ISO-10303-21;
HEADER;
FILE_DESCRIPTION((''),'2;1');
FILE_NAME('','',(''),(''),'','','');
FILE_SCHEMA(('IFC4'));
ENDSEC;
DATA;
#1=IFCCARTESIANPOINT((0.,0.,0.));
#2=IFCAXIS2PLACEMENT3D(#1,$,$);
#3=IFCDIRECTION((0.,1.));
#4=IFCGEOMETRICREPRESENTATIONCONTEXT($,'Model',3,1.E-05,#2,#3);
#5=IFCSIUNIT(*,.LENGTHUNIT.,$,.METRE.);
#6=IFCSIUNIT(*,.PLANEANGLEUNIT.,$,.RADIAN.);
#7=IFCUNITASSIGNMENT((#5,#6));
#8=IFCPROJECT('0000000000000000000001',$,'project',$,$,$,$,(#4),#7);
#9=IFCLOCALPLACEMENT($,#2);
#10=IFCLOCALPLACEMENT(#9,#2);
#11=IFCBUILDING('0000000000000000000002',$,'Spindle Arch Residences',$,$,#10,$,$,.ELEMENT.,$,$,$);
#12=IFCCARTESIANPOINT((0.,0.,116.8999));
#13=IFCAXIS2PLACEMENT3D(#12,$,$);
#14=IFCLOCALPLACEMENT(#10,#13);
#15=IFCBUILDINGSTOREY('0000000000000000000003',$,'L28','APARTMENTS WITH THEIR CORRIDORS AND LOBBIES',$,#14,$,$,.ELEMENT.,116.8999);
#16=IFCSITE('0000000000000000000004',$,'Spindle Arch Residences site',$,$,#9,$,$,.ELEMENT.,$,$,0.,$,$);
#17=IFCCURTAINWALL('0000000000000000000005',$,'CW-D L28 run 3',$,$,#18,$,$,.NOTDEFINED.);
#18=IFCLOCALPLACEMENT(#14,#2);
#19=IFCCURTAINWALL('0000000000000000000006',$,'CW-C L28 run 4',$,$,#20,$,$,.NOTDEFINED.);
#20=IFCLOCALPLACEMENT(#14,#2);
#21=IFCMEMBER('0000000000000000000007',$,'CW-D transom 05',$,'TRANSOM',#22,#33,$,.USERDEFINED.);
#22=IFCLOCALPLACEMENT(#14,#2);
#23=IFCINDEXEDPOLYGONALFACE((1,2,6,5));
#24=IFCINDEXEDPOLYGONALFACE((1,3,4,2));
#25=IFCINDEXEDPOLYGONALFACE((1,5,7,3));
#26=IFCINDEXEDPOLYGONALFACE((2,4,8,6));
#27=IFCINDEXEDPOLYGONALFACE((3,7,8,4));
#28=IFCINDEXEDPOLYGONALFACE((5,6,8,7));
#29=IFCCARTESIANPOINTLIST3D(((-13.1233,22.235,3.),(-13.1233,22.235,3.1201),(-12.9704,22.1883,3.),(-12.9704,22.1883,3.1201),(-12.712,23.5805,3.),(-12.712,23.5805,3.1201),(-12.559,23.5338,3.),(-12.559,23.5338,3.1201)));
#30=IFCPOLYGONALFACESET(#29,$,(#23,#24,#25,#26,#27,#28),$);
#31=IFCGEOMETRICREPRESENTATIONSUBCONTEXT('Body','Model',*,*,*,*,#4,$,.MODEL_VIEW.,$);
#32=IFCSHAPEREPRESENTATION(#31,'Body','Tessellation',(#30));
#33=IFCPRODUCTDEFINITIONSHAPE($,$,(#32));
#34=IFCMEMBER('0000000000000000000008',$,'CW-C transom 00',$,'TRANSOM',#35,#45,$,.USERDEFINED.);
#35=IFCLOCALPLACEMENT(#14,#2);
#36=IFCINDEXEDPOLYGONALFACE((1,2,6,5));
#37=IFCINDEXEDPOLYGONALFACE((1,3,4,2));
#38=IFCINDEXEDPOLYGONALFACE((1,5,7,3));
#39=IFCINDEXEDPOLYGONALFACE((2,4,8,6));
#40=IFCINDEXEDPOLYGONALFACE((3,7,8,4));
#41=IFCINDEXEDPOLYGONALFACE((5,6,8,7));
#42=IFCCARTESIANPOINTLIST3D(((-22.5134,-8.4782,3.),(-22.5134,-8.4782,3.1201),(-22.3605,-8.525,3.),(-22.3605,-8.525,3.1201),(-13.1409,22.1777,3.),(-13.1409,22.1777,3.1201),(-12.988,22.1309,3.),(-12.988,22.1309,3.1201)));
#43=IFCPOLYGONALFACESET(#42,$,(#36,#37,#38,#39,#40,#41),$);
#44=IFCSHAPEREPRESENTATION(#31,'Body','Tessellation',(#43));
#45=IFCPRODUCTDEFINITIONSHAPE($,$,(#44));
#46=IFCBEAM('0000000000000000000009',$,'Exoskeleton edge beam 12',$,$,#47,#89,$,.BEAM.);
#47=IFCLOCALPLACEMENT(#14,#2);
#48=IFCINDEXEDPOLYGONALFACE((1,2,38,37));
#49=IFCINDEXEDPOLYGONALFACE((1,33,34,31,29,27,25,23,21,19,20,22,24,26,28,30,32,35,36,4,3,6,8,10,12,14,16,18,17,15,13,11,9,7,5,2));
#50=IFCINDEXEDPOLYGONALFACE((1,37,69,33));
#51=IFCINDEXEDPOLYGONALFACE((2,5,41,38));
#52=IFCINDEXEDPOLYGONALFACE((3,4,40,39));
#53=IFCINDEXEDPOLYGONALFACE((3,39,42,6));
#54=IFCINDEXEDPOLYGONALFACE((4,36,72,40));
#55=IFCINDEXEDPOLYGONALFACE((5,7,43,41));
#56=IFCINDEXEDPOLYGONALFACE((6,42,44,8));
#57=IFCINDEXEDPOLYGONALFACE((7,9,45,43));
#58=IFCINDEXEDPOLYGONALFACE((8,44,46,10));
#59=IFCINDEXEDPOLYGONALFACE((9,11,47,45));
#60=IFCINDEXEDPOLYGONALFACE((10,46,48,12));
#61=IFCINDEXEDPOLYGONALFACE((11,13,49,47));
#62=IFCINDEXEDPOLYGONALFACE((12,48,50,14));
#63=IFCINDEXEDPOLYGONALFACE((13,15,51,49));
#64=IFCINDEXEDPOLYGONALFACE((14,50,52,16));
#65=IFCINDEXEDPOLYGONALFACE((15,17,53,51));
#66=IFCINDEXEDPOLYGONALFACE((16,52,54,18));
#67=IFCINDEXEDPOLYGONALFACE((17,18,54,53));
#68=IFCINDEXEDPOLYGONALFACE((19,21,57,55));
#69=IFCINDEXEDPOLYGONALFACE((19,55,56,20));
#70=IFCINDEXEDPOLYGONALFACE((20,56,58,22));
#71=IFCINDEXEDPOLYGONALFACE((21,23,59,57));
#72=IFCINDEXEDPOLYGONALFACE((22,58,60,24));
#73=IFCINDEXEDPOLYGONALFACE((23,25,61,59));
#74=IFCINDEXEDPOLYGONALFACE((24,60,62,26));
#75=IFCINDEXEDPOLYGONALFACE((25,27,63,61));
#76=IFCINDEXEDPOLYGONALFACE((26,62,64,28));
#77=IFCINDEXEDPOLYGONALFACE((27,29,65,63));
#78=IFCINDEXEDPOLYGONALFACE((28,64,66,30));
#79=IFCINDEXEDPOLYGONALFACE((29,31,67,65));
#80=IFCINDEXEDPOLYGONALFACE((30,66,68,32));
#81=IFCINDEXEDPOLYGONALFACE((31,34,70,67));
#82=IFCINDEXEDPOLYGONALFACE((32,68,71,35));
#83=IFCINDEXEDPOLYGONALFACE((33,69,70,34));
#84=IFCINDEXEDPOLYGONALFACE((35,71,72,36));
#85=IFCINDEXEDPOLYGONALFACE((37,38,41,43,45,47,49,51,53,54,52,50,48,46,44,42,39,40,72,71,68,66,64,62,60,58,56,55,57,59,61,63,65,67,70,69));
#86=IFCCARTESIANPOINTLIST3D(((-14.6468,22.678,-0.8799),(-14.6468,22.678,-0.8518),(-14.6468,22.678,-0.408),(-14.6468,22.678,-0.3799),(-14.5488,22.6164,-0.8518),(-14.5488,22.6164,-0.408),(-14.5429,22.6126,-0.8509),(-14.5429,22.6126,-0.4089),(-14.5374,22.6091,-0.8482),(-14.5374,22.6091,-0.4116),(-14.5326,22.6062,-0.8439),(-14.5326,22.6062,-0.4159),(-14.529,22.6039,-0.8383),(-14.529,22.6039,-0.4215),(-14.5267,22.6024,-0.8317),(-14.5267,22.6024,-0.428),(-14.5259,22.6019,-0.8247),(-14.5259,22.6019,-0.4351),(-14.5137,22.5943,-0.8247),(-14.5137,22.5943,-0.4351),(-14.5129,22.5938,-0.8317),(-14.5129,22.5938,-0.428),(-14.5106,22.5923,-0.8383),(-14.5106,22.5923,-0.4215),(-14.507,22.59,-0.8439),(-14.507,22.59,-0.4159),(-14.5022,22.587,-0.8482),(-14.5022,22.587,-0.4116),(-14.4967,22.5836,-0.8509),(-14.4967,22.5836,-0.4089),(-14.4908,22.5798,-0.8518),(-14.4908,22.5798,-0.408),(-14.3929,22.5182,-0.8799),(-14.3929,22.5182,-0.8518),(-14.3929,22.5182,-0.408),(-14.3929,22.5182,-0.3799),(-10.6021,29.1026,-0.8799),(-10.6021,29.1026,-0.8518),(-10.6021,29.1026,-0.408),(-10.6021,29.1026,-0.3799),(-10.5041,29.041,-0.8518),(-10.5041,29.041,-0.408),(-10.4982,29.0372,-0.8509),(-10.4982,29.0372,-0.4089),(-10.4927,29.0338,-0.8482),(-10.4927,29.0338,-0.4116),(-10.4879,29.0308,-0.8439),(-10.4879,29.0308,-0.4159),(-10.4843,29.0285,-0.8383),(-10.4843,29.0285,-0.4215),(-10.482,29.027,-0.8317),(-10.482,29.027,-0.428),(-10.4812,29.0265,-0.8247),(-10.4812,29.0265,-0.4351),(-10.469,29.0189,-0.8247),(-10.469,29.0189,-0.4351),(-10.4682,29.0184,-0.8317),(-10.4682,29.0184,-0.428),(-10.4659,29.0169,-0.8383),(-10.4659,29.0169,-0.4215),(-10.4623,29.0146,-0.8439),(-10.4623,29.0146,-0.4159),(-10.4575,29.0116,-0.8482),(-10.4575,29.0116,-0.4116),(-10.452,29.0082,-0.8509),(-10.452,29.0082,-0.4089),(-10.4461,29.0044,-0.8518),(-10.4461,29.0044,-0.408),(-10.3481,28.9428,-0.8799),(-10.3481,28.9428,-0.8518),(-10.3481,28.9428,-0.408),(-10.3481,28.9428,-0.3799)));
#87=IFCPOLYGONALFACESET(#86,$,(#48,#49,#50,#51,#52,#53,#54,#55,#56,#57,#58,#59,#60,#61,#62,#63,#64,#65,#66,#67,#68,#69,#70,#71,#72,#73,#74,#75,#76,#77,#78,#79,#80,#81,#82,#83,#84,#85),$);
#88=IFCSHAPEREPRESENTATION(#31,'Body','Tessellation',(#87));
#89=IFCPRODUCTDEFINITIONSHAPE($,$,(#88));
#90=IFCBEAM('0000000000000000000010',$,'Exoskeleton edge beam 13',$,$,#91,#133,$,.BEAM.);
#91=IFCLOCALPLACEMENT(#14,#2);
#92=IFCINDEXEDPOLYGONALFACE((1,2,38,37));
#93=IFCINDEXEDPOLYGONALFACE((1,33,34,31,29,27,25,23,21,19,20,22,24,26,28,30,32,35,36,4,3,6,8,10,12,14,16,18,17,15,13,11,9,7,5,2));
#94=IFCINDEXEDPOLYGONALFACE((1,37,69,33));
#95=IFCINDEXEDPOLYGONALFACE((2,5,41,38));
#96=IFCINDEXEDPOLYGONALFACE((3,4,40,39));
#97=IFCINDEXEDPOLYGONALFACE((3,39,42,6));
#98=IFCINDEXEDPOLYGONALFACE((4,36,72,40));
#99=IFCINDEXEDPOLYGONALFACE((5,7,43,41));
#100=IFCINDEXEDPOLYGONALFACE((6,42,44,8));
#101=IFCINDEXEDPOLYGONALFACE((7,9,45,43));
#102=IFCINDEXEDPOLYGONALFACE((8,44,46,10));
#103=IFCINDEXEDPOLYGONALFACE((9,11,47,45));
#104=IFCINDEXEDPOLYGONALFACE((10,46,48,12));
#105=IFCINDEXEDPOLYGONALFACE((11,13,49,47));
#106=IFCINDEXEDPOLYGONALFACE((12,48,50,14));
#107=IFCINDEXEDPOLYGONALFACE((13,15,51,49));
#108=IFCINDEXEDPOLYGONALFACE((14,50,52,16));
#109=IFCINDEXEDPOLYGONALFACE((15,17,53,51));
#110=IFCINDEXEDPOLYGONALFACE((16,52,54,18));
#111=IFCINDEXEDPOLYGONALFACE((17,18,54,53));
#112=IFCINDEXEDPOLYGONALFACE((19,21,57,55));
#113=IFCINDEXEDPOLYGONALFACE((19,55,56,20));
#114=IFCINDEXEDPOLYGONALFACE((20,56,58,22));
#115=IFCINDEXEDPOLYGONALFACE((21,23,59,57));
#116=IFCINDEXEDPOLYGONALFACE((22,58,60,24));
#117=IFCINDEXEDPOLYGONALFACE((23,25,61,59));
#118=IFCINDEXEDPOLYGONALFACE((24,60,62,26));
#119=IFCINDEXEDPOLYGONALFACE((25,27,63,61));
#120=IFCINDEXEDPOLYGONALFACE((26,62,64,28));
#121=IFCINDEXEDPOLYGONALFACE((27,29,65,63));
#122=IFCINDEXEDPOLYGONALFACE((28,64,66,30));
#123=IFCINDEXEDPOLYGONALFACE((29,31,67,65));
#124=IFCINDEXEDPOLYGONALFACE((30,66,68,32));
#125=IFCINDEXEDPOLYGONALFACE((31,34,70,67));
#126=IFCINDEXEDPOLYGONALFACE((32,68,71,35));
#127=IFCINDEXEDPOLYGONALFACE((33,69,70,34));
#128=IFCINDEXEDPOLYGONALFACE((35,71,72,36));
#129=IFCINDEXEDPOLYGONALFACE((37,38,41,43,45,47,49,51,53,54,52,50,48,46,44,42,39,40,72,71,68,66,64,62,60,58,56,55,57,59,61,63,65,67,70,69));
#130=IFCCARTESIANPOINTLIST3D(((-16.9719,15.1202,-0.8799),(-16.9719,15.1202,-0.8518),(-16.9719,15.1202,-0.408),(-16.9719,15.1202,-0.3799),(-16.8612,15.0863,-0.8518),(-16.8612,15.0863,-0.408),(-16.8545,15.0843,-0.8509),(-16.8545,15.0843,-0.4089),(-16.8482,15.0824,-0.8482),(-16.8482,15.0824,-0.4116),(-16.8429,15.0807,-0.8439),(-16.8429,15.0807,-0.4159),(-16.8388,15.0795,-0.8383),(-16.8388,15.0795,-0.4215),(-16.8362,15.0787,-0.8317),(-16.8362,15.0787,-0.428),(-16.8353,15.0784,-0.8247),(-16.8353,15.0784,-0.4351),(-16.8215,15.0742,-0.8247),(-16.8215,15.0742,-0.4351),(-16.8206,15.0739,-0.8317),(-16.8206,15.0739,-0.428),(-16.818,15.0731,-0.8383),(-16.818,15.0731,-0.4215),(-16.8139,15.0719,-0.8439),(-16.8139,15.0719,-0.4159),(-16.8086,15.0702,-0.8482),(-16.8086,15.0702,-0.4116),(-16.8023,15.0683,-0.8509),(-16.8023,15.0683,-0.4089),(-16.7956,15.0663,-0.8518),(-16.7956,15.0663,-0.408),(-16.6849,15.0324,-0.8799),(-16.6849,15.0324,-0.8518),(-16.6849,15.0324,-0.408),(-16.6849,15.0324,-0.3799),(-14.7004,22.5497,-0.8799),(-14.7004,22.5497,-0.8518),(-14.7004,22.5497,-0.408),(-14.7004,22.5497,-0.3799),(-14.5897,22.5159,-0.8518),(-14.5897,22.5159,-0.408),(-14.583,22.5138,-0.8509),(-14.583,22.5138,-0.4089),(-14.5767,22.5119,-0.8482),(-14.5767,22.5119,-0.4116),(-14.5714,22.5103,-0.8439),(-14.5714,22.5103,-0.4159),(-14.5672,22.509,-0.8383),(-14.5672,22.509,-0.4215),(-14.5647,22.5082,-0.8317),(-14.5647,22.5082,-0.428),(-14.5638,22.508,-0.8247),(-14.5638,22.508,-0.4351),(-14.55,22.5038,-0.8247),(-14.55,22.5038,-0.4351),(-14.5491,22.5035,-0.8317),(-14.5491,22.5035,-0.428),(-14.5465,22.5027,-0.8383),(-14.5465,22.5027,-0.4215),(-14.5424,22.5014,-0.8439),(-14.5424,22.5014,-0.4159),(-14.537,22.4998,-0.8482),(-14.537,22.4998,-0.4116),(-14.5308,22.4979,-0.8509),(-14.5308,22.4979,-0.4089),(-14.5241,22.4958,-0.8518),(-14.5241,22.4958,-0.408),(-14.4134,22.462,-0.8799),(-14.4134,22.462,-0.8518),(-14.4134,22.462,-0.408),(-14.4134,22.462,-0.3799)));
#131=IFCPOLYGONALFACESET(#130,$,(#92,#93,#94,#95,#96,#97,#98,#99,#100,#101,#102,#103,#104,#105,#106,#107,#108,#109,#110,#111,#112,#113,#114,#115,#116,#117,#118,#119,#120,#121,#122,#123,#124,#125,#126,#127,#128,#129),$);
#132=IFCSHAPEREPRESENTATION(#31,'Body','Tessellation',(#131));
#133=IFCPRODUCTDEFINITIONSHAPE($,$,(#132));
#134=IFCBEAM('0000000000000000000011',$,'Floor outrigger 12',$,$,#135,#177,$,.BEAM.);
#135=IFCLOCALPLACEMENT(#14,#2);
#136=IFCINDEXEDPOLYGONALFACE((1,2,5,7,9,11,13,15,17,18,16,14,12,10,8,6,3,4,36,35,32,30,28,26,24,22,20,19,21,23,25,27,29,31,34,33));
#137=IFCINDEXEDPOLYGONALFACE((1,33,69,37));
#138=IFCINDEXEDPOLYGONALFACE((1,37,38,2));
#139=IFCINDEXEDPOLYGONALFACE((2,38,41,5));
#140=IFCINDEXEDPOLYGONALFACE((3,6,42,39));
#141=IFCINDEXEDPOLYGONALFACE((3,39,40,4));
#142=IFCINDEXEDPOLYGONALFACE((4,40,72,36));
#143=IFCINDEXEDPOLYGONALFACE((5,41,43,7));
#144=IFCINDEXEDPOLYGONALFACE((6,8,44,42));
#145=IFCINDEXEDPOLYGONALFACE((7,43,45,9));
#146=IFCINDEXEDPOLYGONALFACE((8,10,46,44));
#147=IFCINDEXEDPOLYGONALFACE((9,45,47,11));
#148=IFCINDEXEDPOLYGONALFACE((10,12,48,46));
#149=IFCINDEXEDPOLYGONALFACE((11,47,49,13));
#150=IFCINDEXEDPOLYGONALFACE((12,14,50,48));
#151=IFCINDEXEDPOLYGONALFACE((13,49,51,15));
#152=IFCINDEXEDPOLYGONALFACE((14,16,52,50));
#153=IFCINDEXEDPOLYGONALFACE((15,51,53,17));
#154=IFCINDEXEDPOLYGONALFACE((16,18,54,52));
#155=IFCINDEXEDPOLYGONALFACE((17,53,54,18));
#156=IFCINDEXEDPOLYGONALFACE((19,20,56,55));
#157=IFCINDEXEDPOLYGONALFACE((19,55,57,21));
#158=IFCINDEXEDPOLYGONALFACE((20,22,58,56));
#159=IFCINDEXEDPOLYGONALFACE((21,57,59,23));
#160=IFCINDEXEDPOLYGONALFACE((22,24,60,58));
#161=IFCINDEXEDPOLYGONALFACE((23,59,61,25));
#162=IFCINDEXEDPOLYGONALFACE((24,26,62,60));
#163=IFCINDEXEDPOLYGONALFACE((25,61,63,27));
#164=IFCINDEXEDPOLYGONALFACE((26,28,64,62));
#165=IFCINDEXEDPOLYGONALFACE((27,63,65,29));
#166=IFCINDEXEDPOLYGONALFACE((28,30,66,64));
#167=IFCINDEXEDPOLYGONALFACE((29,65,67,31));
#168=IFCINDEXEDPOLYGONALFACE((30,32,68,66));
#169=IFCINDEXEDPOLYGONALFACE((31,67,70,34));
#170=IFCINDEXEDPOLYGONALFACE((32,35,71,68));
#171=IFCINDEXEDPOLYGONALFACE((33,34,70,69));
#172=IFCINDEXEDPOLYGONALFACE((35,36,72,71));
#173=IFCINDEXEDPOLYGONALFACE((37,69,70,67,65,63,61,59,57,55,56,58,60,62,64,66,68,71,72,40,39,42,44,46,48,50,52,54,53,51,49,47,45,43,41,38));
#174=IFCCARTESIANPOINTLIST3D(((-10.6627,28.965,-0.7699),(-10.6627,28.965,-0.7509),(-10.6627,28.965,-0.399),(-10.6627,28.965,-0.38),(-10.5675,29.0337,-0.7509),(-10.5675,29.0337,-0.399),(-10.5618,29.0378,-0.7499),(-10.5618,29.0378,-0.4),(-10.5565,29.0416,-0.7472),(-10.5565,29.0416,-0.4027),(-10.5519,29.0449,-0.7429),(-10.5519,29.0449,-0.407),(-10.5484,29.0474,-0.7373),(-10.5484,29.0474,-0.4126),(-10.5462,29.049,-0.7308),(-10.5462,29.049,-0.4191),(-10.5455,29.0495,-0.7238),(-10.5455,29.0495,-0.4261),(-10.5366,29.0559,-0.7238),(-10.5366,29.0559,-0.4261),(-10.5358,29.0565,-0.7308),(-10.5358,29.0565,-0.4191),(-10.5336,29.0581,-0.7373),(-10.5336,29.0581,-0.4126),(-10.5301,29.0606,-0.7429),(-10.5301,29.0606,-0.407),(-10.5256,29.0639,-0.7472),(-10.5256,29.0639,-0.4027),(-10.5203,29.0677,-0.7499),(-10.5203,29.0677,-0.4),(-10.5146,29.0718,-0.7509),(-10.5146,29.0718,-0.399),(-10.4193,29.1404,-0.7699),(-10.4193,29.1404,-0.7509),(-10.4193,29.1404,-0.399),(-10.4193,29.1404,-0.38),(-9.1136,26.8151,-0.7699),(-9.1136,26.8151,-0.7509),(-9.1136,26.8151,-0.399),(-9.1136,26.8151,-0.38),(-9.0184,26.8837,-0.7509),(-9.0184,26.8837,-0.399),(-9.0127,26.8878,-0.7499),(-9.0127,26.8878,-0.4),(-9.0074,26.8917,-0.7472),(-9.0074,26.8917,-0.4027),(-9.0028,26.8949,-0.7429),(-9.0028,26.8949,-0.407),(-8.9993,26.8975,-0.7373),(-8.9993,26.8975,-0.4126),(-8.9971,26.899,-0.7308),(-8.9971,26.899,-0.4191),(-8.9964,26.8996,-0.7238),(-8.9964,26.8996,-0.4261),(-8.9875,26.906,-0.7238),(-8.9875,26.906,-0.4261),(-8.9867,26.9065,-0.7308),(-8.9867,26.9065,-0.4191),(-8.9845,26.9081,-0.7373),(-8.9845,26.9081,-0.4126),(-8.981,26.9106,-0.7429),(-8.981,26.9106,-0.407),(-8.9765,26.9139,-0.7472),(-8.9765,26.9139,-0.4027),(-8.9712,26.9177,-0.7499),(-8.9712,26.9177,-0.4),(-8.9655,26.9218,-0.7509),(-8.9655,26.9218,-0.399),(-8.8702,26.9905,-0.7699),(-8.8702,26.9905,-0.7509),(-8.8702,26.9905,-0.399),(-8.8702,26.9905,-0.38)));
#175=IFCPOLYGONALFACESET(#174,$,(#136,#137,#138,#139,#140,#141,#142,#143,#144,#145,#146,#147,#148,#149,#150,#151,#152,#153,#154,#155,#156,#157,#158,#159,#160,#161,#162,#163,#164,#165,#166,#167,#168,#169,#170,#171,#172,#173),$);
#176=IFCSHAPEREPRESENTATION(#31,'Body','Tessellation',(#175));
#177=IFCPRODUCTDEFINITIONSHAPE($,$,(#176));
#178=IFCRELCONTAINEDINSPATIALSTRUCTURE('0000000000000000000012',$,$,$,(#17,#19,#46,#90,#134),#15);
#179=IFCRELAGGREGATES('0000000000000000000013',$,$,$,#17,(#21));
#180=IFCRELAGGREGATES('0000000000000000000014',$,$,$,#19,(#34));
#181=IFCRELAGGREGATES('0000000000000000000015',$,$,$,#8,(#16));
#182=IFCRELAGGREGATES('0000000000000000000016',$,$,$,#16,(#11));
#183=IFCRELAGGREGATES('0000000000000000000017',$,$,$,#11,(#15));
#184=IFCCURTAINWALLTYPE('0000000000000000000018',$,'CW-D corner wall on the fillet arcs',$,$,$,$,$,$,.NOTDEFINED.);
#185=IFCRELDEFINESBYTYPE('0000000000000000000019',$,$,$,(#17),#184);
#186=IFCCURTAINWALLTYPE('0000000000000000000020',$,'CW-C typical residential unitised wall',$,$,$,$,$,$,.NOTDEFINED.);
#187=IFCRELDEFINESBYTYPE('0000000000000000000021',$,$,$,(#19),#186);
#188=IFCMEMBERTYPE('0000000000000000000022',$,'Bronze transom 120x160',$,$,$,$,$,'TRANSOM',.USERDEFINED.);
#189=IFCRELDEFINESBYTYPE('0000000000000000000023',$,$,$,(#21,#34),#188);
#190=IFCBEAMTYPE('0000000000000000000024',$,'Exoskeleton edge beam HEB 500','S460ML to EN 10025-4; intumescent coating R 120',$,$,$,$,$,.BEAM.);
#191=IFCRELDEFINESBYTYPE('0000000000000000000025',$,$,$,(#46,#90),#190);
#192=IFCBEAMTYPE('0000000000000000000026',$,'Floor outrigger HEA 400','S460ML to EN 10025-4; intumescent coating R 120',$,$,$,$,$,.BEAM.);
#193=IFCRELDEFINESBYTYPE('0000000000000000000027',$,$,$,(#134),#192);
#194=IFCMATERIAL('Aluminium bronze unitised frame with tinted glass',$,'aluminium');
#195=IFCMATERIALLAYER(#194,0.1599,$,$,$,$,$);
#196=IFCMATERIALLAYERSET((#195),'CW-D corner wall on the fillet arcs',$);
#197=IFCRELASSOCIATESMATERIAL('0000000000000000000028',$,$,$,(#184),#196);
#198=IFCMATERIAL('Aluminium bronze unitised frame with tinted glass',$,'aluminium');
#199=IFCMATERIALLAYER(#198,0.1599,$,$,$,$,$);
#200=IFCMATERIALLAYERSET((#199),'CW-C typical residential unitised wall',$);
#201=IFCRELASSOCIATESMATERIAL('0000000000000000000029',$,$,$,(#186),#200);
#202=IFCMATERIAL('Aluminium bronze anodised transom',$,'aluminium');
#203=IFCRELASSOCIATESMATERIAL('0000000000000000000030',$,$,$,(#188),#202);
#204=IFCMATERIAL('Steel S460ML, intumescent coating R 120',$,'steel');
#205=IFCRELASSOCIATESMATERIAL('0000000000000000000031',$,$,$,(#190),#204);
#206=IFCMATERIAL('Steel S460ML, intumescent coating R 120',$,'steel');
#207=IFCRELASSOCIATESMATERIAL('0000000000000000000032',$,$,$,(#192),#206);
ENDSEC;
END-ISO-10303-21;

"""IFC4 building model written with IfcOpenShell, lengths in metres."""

from ifc_helpers import new_model, si_unit, direction, frame, origin, origin_2d, place, context, subcontext, project, spatial, rectangle, i_section, extrude, material, layer, layer_set, material_profile, profile_set, type_object, element, aggregate, save


model = new_model("IFC4")

# Units and contexts
model_context = context("Model", 3, precision=1e-05, world=origin(), true_north=direction((0.0, 1.0)))
body_context = subcontext(model_context, "Body", "Model", "MODEL_VIEW")
ifc_project = project(units=[si_unit("LENGTHUNIT", "METRE"), si_unit("PLANEANGLEUNIT", "RADIAN")], contexts=[model_context])

# Site, building, storey
site_placement = place(None, origin())
site = spatial("IfcSite", under=ifc_project, at=site_placement, Name="Spindle Arch Residences site", CompositionType="ELEMENT", RefElevation=0.0)
building_placement = place(site_placement, origin())
building = spatial("IfcBuilding", under=site, at=building_placement, Name="Spindle Arch Residences", CompositionType="ELEMENT")
storey_placement = place(building_placement, frame((0.0, 0.0, 116.8999)))
storey = spatial("IfcBuildingStorey", under=building, at=storey_placement, Name="L28", Description="APARTMENTS WITH THEIR CORRIDORS AND LOBBIES", CompositionType="ELEMENT", Elevation=116.8999)

# Curtain wall
ifc_material_1 = material(Name="Aluminium bronze unitised frame with tinted glass", Category="aluminium")
ifc_layer_1 = layer(ifc_material_1, 0.1599)
ifc_layer_set_1 = layer_set([ifc_layer_1], Name="CW-D corner wall on the fillet arcs")
curtain_wall_type_1 = type_object("IfcCurtainWallType", Name="CW-D corner wall on the fillet arcs", PredefinedType="NOTDEFINED", material=ifc_layer_set_1)
curtain_wall_1_placement = place(storey_placement, origin())
curtain_wall_1 = element("IfcCurtainWall", 1, at=curtain_wall_1_placement, inside=storey, type_object=curtain_wall_type_1, Name="CW-D L28 run 3", PredefinedType="NOTDEFINED")

# Curtain wall
ifc_material_2 = material(Name="Aluminium bronze unitised frame with tinted glass", Category="aluminium")
ifc_layer_2 = layer(ifc_material_2, 0.1599)
ifc_layer_set_2 = layer_set([ifc_layer_2], Name="CW-C typical residential unitised wall")
curtain_wall_type_2 = type_object("IfcCurtainWallType", Name="CW-C typical residential unitised wall", PredefinedType="NOTDEFINED", material=ifc_layer_set_2)
curtain_wall_2_placement = place(storey_placement, origin())
curtain_wall_2 = element("IfcCurtainWall", 2, at=curtain_wall_2_placement, inside=storey, type_object=curtain_wall_type_2, Name="CW-C L28 run 4", PredefinedType="NOTDEFINED")

# Members
ifc_material_3 = material(Name="Aluminium bronze anodised transom", Category="aluminium")
ifc_material_profile_1 = material_profile(ifc_material_3, rectangle(XDim=0.1599, YDim=0.1201, at=origin_2d()), Name="TR 120x160")
ifc_profile_set_1 = profile_set([ifc_material_profile_1], Name="Aluminium bronze anodised transom")
member_type_1 = type_object("IfcMemberType", Name="Bronze transom 120x160", ElementType="TRANSOM", PredefinedType="USERDEFINED", material=ifc_profile_set_1)
member_1_placement = place(storey_placement, frame((-12.6355, 23.5571, 3.0601), z_axis=(-0.29239, -0.956299, 0.0), x_axis=(0.956299, -0.29239, 0.0)))
member_1 = element("IfcMember", 3, at=member_1_placement, type_object=member_type_1, Name="CW-D transom 05", ObjectType="TRANSOM", PredefinedType="USERDEFINED", context=body_context, shape_type="SweptSolid", body=[
    extrude(rectangle(XDim=0.1599, YDim=0.1201, at=origin_2d()), origin(), (0.0, 0.0, 1.0), 1.407),
])
member_2_placement = place(storey_placement, frame((-13.0645, 22.1543, 3.0601), z_axis=(-0.292374, -0.956304, 0.0), x_axis=(0.956304, -0.292374, 0.0)))
member_2 = element("IfcMember", 4, at=member_2_placement, type_object=member_type_1, Name="CW-C transom 00", ObjectType="TRANSOM", PredefinedType="USERDEFINED", context=body_context, shape_type="SweptSolid", body=[
    extrude(rectangle(XDim=0.1599, YDim=0.1201, at=origin_2d()), origin(), (0.0, 0.0, 1.0), 32.0566),
])

# Beams
ifc_material_4 = material(Name="Steel S460ML, intumescent coating R 120", Category="steel")
ifc_material_profile_2 = material_profile(ifc_material_4, i_section(OverallWidth=0.3, OverallDepth=0.5, WebThickness=0.0144, FlangeThickness=0.0281, FilletRadius=0.0271, at=origin_2d()), Name="HEB 500")
ifc_profile_set_2 = profile_set([ifc_material_profile_2], Name="Steel S460ML, intumescent coating R 120")
beam_type_1 = type_object("IfcBeamType", Name="Exoskeleton edge beam HEB 500", Description="S460ML to EN 10025-4; intumescent coating R 120", PredefinedType="BEAM", material=ifc_profile_set_2)
beam_1_placement = place(storey_placement, frame((-10.4751, 29.0227, -0.6299), z_axis=(-0.532774, -0.846258, 0.0), x_axis=(0.846258, -0.532774, 0.0)))
element("IfcBeam", 5, at=beam_1_placement, inside=storey, type_object=beam_type_1, Name="Exoskeleton edge beam 12", PredefinedType="BEAM", context=body_context, shape_type="SweptSolid", body=[
    extrude(i_section(OverallWidth=0.3, OverallDepth=0.5, WebThickness=0.0144, FlangeThickness=0.0281, FilletRadius=0.0271, at=origin_2d()), origin(), (0.0, 0.0, 1.0), 7.5918),
])
beam_2_placement = place(storey_placement, frame((-14.5569, 22.5059, -0.6299), z_axis=(-0.292381, -0.956302, 0.0), x_axis=(0.956302, -0.292381, 0.0)))
element("IfcBeam", 6, at=beam_2_placement, inside=storey, type_object=beam_type_1, Name="Exoskeleton edge beam 13", PredefinedType="BEAM", context=body_context, shape_type="SweptSolid", body=[
    extrude(i_section(OverallWidth=0.3, OverallDepth=0.5, WebThickness=0.0144, FlangeThickness=0.0281, FilletRadius=0.0271, at=origin_2d()), origin(), (0.0, 0.0, 1.0), 7.769),
])
ifc_material_5 = material(Name="Steel S460ML, intumescent coating R 120", Category="steel")
ifc_material_profile_3 = material_profile(ifc_material_5, i_section(OverallWidth=0.3, OverallDepth=0.3899, WebThickness=0.011, FlangeThickness=0.019, FilletRadius=0.0271, at=origin_2d()), Name="HEA 400")
ifc_profile_set_3 = profile_set([ifc_material_profile_3], Name="Steel S460ML, intumescent coating R 120")
beam_type_2 = type_object("IfcBeamType", Name="Floor outrigger HEA 400", Description="S460ML to EN 10025-4; intumescent coating R 120", PredefinedType="BEAM", material=ifc_profile_set_3)
beam_3_placement = place(storey_placement, frame((-10.541, 29.0527, -0.575), z_axis=(0.584589, -0.81133, 0.0), x_axis=(0.81133, 0.584589, 0.0)))
element("IfcBeam", 7, at=beam_3_placement, inside=storey, type_object=beam_type_2, Name="Floor outrigger 12", PredefinedType="BEAM", context=body_context, shape_type="SweptSolid", body=[
    extrude(i_section(OverallWidth=0.3, OverallDepth=0.3899, WebThickness=0.011, FlangeThickness=0.019, FilletRadius=0.0271, at=origin_2d()), origin(), (0.0, 0.0, 1.0), 2.6499),
])

aggregate(curtain_wall_1, [member_1])
aggregate(curtain_wall_2, [member_2])

save(model, "model.ifc")
